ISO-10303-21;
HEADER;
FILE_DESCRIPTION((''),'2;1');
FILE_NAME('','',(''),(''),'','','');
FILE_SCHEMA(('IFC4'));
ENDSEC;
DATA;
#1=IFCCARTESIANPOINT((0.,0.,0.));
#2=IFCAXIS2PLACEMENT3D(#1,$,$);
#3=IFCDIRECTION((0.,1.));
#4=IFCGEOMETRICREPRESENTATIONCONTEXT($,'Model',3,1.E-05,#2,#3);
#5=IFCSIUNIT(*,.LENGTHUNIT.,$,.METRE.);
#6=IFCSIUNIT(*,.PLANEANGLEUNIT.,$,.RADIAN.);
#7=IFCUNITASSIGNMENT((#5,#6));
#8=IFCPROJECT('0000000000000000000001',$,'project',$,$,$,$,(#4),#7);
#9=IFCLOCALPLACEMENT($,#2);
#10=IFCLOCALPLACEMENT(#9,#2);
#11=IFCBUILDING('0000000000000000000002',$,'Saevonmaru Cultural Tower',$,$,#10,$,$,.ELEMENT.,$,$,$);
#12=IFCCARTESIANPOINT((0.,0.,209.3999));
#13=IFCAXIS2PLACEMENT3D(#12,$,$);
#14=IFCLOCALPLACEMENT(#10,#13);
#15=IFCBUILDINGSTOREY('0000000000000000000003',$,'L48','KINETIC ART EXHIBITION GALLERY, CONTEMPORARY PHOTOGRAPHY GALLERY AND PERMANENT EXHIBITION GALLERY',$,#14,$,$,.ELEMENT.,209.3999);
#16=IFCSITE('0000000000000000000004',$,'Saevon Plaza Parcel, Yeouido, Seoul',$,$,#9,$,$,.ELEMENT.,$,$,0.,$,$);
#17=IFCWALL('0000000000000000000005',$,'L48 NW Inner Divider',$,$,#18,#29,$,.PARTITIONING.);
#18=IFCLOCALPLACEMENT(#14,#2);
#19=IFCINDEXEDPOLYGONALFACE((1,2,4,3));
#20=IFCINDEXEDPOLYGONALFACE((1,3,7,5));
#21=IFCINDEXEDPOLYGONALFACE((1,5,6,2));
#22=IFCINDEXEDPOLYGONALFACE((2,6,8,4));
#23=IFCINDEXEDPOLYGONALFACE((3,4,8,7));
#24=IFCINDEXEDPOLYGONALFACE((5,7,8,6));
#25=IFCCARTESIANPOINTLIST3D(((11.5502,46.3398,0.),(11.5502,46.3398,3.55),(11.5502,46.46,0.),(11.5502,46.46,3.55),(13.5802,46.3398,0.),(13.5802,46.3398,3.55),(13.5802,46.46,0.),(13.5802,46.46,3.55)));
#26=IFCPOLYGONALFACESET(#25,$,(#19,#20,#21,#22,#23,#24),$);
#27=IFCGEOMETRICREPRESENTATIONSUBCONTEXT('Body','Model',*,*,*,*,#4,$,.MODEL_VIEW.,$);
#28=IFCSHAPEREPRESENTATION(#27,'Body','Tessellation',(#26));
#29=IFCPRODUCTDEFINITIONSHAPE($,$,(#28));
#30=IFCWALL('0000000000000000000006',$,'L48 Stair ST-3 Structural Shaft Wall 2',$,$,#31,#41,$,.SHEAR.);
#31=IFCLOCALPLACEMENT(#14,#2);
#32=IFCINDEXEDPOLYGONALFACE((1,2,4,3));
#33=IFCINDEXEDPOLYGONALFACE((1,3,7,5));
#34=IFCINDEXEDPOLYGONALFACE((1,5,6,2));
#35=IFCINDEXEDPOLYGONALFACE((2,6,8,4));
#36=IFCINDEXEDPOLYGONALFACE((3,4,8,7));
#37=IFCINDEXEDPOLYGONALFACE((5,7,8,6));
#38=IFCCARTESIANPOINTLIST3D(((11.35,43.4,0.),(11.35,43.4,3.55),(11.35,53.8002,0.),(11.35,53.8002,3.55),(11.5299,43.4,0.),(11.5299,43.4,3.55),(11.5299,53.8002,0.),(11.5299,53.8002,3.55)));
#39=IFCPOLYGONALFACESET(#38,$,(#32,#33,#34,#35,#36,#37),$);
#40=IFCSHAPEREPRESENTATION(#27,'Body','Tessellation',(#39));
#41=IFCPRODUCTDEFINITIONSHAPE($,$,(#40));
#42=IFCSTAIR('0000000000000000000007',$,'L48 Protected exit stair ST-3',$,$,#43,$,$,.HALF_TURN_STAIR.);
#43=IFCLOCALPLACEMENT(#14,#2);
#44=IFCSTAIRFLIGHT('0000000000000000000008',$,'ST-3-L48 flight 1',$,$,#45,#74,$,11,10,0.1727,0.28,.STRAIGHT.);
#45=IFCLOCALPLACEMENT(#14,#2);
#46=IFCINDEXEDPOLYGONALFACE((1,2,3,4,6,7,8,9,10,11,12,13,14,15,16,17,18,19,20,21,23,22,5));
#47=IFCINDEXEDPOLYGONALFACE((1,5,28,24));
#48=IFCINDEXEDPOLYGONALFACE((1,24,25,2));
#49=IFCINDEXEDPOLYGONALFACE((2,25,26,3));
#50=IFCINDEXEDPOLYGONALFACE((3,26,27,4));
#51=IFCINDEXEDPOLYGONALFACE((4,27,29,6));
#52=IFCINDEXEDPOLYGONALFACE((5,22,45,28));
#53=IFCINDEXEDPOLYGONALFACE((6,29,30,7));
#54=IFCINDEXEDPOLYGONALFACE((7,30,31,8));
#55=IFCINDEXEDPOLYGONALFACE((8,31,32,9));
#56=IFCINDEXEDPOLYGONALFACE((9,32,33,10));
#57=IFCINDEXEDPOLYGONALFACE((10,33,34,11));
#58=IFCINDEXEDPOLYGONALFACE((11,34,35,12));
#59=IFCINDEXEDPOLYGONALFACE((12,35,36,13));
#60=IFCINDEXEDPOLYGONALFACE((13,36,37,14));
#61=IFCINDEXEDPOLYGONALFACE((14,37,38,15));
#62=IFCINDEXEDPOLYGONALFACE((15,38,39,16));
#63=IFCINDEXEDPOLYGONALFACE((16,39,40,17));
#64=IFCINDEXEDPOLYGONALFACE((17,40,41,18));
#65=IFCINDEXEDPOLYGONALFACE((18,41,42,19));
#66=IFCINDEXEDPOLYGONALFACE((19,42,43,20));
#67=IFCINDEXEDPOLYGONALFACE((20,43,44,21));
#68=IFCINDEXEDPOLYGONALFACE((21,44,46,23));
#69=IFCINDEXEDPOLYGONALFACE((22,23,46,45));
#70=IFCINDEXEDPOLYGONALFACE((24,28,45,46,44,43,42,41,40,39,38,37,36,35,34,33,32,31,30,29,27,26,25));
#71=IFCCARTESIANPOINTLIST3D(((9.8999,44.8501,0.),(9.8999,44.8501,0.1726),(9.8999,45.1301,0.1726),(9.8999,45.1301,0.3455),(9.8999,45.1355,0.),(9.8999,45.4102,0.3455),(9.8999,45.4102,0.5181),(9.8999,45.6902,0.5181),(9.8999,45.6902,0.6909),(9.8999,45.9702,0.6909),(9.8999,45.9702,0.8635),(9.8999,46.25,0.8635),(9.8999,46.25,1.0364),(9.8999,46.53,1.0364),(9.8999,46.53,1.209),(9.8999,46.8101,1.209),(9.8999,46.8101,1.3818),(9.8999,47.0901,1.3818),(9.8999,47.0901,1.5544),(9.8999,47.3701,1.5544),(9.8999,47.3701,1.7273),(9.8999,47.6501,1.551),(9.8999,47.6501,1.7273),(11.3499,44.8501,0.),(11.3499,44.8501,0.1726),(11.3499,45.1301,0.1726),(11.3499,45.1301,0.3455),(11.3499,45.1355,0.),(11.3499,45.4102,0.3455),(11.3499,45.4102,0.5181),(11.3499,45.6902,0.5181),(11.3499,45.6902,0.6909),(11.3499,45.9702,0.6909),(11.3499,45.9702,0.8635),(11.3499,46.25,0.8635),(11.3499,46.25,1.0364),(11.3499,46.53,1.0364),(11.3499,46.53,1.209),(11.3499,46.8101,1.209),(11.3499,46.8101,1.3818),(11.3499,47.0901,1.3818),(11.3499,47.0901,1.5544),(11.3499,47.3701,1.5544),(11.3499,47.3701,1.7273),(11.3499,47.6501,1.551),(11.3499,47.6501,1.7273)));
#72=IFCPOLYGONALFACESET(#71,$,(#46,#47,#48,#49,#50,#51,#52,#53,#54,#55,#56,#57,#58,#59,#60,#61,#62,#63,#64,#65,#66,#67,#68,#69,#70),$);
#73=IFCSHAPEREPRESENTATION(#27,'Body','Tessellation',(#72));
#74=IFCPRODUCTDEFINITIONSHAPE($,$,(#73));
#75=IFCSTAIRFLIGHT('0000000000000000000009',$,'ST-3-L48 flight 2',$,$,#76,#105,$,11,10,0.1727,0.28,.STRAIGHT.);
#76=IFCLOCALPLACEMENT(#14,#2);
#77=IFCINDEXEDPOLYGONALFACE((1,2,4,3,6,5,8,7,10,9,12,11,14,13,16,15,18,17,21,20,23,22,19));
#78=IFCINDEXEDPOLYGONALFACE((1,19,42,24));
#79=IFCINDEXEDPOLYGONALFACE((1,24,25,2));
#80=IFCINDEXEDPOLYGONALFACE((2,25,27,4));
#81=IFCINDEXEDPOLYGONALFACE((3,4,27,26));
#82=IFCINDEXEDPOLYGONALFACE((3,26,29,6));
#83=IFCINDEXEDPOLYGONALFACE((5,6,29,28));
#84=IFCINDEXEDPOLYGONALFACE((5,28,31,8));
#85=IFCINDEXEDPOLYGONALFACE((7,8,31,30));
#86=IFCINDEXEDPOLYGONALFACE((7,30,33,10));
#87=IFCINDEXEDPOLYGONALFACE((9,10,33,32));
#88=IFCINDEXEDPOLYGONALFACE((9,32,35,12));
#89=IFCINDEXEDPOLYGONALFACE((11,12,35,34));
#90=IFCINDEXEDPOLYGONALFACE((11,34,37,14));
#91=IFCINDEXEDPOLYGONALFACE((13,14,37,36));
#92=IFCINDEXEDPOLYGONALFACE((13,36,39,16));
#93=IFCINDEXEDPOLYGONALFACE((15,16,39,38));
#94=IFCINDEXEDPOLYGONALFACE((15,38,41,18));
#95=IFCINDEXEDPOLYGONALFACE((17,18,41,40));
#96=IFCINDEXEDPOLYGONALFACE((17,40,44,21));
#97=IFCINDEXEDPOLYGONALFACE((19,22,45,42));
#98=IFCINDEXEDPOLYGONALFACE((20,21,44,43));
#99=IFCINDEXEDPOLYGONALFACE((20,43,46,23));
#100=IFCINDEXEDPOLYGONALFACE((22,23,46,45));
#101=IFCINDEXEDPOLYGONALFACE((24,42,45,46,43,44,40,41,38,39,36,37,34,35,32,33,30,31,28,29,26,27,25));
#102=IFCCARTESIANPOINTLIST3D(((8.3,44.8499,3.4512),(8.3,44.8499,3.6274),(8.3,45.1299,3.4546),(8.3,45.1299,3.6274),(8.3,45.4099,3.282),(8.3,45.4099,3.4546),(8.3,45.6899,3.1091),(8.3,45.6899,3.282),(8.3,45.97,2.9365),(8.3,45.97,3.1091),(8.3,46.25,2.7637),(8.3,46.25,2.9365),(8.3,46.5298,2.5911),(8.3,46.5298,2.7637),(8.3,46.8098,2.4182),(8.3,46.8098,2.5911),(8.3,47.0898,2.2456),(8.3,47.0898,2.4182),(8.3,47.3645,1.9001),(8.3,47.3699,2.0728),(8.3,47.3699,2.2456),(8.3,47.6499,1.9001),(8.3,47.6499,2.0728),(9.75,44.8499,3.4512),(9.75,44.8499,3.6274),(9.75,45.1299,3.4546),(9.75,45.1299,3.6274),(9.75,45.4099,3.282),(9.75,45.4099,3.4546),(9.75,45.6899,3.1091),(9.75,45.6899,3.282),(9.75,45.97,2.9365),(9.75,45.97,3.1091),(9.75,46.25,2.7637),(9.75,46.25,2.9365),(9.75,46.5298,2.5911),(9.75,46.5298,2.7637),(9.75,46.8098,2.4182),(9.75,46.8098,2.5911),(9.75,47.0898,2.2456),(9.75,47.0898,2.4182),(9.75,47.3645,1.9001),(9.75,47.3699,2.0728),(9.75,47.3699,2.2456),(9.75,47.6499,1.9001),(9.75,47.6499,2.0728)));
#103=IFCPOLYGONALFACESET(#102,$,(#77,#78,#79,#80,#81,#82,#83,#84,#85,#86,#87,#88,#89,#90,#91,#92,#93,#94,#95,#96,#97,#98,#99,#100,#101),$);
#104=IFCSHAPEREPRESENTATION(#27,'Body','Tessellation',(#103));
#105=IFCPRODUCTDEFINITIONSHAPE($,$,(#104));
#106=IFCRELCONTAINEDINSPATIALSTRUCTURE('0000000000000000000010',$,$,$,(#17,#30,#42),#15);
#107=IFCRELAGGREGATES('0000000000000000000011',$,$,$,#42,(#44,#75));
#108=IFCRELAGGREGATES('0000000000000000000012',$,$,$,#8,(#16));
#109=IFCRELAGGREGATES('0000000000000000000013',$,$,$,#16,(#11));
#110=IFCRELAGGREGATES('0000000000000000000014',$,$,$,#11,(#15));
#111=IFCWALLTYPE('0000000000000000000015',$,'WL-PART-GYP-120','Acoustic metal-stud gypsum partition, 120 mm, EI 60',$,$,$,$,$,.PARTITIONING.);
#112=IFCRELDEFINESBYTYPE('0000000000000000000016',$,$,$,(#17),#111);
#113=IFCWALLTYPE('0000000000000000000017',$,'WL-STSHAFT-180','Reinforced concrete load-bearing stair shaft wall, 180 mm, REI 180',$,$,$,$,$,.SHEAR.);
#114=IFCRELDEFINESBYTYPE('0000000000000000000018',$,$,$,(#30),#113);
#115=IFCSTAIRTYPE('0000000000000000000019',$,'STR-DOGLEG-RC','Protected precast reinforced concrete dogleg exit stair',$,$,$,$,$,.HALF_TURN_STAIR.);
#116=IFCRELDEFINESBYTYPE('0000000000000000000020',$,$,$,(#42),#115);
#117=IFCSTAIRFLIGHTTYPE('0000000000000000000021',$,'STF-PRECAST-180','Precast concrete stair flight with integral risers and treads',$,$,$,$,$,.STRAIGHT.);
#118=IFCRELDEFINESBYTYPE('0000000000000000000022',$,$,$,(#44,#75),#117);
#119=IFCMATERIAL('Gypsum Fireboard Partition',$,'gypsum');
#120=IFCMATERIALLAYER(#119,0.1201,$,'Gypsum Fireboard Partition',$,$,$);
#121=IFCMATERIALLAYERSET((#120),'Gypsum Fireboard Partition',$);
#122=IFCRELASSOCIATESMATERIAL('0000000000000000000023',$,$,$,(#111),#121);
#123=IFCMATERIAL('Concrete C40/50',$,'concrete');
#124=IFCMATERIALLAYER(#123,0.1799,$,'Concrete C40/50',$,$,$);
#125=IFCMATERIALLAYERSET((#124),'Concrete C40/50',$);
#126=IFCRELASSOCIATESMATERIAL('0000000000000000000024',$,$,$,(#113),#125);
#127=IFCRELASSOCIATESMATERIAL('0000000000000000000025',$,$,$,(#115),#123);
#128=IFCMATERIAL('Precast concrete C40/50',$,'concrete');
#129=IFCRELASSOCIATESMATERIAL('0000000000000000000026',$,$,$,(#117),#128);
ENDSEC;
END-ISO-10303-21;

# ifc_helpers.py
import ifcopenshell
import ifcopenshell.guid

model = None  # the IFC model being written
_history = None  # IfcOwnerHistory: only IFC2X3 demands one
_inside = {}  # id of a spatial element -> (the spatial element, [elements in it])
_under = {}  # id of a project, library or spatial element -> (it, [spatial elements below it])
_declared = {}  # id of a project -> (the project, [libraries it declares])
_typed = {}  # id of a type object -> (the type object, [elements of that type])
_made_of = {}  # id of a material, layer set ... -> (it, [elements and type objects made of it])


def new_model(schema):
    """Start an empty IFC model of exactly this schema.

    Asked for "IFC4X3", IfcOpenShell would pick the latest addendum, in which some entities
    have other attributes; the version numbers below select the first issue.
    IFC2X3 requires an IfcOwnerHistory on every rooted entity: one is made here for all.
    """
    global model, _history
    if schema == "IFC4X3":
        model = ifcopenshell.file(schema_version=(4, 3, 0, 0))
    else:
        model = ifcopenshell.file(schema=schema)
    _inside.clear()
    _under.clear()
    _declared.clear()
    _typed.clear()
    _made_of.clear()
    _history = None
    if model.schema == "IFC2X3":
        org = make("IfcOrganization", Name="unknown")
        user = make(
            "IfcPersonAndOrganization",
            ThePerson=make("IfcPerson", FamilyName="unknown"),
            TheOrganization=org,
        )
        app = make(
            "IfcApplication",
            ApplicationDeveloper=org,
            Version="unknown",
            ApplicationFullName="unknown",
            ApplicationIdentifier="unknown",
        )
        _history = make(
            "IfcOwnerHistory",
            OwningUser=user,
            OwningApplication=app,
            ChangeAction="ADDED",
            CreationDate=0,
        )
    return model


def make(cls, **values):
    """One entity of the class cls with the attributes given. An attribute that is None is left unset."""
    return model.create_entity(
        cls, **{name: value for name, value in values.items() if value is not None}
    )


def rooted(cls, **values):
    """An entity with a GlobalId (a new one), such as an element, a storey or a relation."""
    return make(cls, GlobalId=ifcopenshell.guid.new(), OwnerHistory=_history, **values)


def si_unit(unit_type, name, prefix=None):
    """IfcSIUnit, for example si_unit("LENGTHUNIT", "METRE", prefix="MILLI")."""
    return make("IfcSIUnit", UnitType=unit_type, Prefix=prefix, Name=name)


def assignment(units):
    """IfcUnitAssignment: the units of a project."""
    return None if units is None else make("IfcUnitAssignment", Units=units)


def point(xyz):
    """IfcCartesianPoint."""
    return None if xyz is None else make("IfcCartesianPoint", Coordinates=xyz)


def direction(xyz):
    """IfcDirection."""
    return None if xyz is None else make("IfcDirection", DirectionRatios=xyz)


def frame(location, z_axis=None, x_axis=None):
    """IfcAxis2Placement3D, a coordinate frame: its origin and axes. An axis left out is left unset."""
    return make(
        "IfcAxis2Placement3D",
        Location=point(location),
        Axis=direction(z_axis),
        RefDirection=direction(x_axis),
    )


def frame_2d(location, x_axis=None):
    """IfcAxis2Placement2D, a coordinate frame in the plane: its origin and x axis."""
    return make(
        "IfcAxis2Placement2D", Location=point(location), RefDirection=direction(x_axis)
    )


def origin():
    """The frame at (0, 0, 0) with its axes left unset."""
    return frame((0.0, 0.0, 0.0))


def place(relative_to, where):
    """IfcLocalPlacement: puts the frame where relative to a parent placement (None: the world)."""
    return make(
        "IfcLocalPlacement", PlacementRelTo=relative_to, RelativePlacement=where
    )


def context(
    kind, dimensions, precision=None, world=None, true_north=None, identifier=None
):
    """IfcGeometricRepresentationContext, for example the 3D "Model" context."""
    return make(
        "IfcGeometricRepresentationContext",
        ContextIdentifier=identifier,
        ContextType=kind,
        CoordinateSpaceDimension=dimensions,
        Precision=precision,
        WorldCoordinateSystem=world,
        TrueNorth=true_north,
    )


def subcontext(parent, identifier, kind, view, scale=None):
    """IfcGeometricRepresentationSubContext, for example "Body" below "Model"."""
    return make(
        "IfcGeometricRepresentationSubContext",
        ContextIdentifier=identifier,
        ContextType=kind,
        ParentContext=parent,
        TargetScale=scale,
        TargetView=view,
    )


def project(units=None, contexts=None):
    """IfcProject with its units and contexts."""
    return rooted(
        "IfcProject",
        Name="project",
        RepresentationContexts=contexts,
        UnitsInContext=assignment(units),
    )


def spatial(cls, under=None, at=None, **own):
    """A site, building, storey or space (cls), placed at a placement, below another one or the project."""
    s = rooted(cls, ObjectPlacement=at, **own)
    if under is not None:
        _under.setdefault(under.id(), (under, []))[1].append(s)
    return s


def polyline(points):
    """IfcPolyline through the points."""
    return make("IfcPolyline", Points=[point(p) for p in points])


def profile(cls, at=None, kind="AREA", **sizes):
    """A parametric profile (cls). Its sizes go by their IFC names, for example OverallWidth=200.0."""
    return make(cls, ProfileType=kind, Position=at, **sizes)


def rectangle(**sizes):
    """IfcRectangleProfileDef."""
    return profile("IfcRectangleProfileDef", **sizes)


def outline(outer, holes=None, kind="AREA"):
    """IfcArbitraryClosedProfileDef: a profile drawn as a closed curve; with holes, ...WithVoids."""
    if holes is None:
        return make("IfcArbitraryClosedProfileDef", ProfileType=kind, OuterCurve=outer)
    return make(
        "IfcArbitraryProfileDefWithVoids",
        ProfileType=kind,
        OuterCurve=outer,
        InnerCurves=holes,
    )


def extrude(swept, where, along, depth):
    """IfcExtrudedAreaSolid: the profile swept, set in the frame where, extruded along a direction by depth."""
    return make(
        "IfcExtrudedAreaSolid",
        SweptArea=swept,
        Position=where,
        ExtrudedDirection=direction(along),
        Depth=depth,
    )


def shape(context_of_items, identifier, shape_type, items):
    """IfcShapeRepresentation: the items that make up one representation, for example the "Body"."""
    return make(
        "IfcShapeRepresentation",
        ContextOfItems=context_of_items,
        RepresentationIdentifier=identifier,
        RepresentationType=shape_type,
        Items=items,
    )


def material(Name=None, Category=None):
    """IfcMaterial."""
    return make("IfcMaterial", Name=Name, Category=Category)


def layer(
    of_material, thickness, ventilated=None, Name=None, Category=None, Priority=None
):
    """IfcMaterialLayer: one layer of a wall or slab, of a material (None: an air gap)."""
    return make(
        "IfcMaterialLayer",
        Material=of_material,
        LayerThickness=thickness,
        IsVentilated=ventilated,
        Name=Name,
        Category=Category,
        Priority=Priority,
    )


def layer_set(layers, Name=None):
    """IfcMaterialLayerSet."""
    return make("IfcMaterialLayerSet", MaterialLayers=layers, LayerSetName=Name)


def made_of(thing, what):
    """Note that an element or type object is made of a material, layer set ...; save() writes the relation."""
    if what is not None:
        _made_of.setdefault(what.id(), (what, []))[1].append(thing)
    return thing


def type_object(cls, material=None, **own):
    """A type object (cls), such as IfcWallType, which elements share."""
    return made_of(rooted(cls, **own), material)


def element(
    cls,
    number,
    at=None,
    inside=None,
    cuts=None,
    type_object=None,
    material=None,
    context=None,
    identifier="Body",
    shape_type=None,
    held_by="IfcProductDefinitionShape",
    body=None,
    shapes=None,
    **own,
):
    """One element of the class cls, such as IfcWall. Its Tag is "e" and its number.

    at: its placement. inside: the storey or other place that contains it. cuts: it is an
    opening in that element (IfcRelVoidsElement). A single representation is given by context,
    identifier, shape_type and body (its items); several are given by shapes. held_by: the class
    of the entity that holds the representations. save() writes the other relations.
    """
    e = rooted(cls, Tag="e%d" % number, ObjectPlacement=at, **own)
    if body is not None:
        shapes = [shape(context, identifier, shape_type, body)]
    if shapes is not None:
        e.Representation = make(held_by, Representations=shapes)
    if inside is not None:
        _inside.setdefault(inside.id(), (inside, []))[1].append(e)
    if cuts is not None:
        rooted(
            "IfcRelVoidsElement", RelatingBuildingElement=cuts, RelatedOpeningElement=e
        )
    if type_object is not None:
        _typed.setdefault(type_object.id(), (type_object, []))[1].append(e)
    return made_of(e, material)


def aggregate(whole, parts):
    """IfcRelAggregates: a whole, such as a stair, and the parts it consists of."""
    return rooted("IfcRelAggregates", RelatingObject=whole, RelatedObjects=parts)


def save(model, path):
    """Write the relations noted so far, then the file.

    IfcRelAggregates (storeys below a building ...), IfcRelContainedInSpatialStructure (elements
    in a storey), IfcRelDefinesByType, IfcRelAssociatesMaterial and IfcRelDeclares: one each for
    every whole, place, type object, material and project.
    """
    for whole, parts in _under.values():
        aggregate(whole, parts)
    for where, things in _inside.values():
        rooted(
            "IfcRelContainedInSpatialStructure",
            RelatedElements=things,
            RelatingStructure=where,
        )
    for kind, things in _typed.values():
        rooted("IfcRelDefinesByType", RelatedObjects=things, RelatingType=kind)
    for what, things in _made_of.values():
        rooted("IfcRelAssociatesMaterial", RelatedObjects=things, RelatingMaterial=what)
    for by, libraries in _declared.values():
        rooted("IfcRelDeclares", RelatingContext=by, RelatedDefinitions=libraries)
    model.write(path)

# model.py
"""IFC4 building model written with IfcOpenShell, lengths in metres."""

from ifc_helpers import new_model, si_unit, direction, frame, frame_2d, origin, place, context, subcontext, project, spatial, polyline, rectangle, outline, extrude, material, layer, layer_set, type_object, element, aggregate, save


model = new_model("IFC4")

# Units and contexts
model_context = context("Model", 3, precision=1e-05, world=origin(), true_north=direction((0.0, 1.0)))
body_context = subcontext(model_context, "Body", "Model", "MODEL_VIEW")
ifc_project = project(units=[si_unit("LENGTHUNIT", "METRE"), si_unit("PLANEANGLEUNIT", "RADIAN")], contexts=[model_context])

# Site, building, storey
site_placement = place(None, origin())
site = spatial("IfcSite", under=ifc_project, at=site_placement, Name="Saevon Plaza Parcel, Yeouido, Seoul", CompositionType="ELEMENT", RefElevation=0.0)
building_placement = place(site_placement, origin())
building = spatial("IfcBuilding", under=site, at=building_placement, Name="Saevonmaru Cultural Tower", CompositionType="ELEMENT")
storey_placement = place(building_placement, frame((0.0, 0.0, 209.3999)))
storey = spatial("IfcBuildingStorey", under=building, at=storey_placement, Name="L48", Description="KINETIC ART EXHIBITION GALLERY, CONTEMPORARY PHOTOGRAPHY GALLERY AND PERMANENT EXHIBITION GALLERY", CompositionType="ELEMENT", Elevation=209.3999)

# Wall
ifc_material_1 = material(Name="Gypsum Fireboard Partition", Category="gypsum")
ifc_layer_1 = layer(ifc_material_1, 0.1201, Name="Gypsum Fireboard Partition")
ifc_layer_set_1 = layer_set([ifc_layer_1], Name="Gypsum Fireboard Partition")
wall_type_1 = type_object("IfcWallType", Name="WL-PART-GYP-120", Description="Acoustic metal-stud gypsum partition, 120 mm, EI 60", PredefinedType="PARTITIONING", material=ifc_layer_set_1)
wall_1_placement = place(storey_placement, frame((11.55, 46.3999, 0.0), z_axis=(0.0, 0.0, 1.0), x_axis=(1.0, 0.0, 0.0)))
element("IfcWall", 1, at=wall_1_placement, inside=storey, type_object=wall_type_1, Name="L48 NW Inner Divider", PredefinedType="PARTITIONING", context=body_context, shape_type="SweptSolid", body=[
    extrude(rectangle(XDim=2.03, YDim=0.1201, at=frame_2d((1.0151, 0.0))), origin(), (0.0, 0.0, 1.0), 3.55),
])

# Shared definitions
ifc_material_2 = material(Name="Concrete C40/50", Category="concrete")
ifc_layer_2 = layer(ifc_material_2, 0.1799, Name="Concrete C40/50")
ifc_layer_set_2 = layer_set([ifc_layer_2], Name="Concrete C40/50")
wall_type_2 = type_object("IfcWallType", Name="WL-STSHAFT-180", Description="Reinforced concrete load-bearing stair shaft wall, 180 mm, REI 180", PredefinedType="SHEAR", material=ifc_layer_set_2)

# Wall
wall_2_placement = place(storey_placement, frame((11.4399, 43.3999, 0.0), z_axis=(0.0, 0.0, 1.0), x_axis=(0.0, 1.0, 0.0)))
element("IfcWall", 2, at=wall_2_placement, inside=storey, type_object=wall_type_2, Name="L48 Stair ST-3 Structural Shaft Wall 2", PredefinedType="SHEAR", context=body_context, shape_type="SweptSolid", body=[
    extrude(rectangle(XDim=10.4001, YDim=0.1799, at=frame_2d((5.2002, 0.0))), origin(), (0.0, 0.0, 1.0), 3.55),
])

# Stair, stair flights
stair_type = type_object("IfcStairType", Name="STR-DOGLEG-RC", Description="Protected precast reinforced concrete dogleg exit stair", PredefinedType="HALF_TURN_STAIR", material=ifc_material_2)
stair_placement = place(storey_placement, origin())
stair = element("IfcStair", 3, at=stair_placement, inside=storey, type_object=stair_type, Name="L48 Protected exit stair ST-3", PredefinedType="HALF_TURN_STAIR")
ifc_material_3 = material(Name="Precast concrete C40/50", Category="concrete")
stair_flight_type = type_object("IfcStairFlightType", Name="STF-PRECAST-180", Description="Precast concrete stair flight with integral risers and treads", PredefinedType="STRAIGHT", material=ifc_material_3)
stair_flight_1_placement = place(storey_placement, frame((10.625, 44.8501, 0.0), z_axis=(0.0, 0.0, 1.0), x_axis=(0.0, 1.0, 0.0)))
stair_flight_1 = element("IfcStairFlight", 4, at=stair_flight_1_placement, type_object=stair_flight_type, Name="ST-3-L48 flight 1", NumberOfRisers=11, NumberOfTreads=10, PredefinedType="STRAIGHT", RiserHeight=0.1727, TreadLength=0.28, context=body_context, shape_type="SweptSolid", body=[
    extrude(outline(polyline([(0.0, 0.0), (0.0, 0.1726), (0.28, 0.1726), (0.28, 0.3455), (0.5601, 0.3455), (0.5601, 0.5181), (0.8401, 0.5181), (0.8401, 0.6909), (1.1201, 0.6909), (1.1201, 0.8635), (1.3999, 0.8635), (1.3999, 1.0364), (1.6799, 1.0364), (1.6799, 1.209), (1.96, 1.209), (1.96, 1.3818), (2.24, 1.3818), (2.24, 1.5544), (2.52, 1.5544), (2.52, 1.7273), (2.8, 1.7273), (2.8, 1.8999), (2.8, 1.551), (0.2854, 0.0), (0.0, 0.0)])), frame((0.0, 0.7251, 0.0), z_axis=(0.0, -1.0, 0.0), x_axis=(1.0, 0.0, 0.0)), (0.0, 0.0, 1.0), 1.45),
])
stair_flight_2_placement = place(storey_placement, frame((9.0249, 47.6499, 1.9001), z_axis=(0.0, 0.0, 1.0), x_axis=(0.0, -1.0, 0.0)))
stair_flight_2 = element("IfcStairFlight", 5, at=stair_flight_2_placement, type_object=stair_flight_type, Name="ST-3-L48 flight 2", NumberOfRisers=11, NumberOfTreads=10, PredefinedType="STRAIGHT", RiserHeight=0.1727, TreadLength=0.28, context=body_context, shape_type="SweptSolid", body=[
    extrude(outline(polyline([(0.0, 0.0), (0.0, 0.1726), (0.28, 0.1726), (0.28, 0.3455), (0.5601, 0.3455), (0.5601, 0.5181), (0.8401, 0.5181), (0.8401, 0.6909), (1.1201, 0.6909), (1.1201, 0.8635), (1.3999, 0.8635), (1.3999, 1.0364), (1.6799, 1.0364), (1.6799, 1.209), (1.96, 1.209), (1.96, 1.3818), (2.24, 1.3818), (2.24, 1.5544), (2.52, 1.5544), (2.52, 1.7273), (2.8, 1.7273), (2.8, 1.8999), (2.8, 1.551), (0.2854, 0.0), (0.0, 0.0)])), frame((0.0, 0.7251, 0.0), z_axis=(0.0, -1.0, 0.0), x_axis=(1.0, 0.0, 0.0)), (0.0, 0.0, 1.0), 1.45),
])
aggregate(stair, [stair_flight_1, stair_flight_2])

save(model, "model.ifc")
